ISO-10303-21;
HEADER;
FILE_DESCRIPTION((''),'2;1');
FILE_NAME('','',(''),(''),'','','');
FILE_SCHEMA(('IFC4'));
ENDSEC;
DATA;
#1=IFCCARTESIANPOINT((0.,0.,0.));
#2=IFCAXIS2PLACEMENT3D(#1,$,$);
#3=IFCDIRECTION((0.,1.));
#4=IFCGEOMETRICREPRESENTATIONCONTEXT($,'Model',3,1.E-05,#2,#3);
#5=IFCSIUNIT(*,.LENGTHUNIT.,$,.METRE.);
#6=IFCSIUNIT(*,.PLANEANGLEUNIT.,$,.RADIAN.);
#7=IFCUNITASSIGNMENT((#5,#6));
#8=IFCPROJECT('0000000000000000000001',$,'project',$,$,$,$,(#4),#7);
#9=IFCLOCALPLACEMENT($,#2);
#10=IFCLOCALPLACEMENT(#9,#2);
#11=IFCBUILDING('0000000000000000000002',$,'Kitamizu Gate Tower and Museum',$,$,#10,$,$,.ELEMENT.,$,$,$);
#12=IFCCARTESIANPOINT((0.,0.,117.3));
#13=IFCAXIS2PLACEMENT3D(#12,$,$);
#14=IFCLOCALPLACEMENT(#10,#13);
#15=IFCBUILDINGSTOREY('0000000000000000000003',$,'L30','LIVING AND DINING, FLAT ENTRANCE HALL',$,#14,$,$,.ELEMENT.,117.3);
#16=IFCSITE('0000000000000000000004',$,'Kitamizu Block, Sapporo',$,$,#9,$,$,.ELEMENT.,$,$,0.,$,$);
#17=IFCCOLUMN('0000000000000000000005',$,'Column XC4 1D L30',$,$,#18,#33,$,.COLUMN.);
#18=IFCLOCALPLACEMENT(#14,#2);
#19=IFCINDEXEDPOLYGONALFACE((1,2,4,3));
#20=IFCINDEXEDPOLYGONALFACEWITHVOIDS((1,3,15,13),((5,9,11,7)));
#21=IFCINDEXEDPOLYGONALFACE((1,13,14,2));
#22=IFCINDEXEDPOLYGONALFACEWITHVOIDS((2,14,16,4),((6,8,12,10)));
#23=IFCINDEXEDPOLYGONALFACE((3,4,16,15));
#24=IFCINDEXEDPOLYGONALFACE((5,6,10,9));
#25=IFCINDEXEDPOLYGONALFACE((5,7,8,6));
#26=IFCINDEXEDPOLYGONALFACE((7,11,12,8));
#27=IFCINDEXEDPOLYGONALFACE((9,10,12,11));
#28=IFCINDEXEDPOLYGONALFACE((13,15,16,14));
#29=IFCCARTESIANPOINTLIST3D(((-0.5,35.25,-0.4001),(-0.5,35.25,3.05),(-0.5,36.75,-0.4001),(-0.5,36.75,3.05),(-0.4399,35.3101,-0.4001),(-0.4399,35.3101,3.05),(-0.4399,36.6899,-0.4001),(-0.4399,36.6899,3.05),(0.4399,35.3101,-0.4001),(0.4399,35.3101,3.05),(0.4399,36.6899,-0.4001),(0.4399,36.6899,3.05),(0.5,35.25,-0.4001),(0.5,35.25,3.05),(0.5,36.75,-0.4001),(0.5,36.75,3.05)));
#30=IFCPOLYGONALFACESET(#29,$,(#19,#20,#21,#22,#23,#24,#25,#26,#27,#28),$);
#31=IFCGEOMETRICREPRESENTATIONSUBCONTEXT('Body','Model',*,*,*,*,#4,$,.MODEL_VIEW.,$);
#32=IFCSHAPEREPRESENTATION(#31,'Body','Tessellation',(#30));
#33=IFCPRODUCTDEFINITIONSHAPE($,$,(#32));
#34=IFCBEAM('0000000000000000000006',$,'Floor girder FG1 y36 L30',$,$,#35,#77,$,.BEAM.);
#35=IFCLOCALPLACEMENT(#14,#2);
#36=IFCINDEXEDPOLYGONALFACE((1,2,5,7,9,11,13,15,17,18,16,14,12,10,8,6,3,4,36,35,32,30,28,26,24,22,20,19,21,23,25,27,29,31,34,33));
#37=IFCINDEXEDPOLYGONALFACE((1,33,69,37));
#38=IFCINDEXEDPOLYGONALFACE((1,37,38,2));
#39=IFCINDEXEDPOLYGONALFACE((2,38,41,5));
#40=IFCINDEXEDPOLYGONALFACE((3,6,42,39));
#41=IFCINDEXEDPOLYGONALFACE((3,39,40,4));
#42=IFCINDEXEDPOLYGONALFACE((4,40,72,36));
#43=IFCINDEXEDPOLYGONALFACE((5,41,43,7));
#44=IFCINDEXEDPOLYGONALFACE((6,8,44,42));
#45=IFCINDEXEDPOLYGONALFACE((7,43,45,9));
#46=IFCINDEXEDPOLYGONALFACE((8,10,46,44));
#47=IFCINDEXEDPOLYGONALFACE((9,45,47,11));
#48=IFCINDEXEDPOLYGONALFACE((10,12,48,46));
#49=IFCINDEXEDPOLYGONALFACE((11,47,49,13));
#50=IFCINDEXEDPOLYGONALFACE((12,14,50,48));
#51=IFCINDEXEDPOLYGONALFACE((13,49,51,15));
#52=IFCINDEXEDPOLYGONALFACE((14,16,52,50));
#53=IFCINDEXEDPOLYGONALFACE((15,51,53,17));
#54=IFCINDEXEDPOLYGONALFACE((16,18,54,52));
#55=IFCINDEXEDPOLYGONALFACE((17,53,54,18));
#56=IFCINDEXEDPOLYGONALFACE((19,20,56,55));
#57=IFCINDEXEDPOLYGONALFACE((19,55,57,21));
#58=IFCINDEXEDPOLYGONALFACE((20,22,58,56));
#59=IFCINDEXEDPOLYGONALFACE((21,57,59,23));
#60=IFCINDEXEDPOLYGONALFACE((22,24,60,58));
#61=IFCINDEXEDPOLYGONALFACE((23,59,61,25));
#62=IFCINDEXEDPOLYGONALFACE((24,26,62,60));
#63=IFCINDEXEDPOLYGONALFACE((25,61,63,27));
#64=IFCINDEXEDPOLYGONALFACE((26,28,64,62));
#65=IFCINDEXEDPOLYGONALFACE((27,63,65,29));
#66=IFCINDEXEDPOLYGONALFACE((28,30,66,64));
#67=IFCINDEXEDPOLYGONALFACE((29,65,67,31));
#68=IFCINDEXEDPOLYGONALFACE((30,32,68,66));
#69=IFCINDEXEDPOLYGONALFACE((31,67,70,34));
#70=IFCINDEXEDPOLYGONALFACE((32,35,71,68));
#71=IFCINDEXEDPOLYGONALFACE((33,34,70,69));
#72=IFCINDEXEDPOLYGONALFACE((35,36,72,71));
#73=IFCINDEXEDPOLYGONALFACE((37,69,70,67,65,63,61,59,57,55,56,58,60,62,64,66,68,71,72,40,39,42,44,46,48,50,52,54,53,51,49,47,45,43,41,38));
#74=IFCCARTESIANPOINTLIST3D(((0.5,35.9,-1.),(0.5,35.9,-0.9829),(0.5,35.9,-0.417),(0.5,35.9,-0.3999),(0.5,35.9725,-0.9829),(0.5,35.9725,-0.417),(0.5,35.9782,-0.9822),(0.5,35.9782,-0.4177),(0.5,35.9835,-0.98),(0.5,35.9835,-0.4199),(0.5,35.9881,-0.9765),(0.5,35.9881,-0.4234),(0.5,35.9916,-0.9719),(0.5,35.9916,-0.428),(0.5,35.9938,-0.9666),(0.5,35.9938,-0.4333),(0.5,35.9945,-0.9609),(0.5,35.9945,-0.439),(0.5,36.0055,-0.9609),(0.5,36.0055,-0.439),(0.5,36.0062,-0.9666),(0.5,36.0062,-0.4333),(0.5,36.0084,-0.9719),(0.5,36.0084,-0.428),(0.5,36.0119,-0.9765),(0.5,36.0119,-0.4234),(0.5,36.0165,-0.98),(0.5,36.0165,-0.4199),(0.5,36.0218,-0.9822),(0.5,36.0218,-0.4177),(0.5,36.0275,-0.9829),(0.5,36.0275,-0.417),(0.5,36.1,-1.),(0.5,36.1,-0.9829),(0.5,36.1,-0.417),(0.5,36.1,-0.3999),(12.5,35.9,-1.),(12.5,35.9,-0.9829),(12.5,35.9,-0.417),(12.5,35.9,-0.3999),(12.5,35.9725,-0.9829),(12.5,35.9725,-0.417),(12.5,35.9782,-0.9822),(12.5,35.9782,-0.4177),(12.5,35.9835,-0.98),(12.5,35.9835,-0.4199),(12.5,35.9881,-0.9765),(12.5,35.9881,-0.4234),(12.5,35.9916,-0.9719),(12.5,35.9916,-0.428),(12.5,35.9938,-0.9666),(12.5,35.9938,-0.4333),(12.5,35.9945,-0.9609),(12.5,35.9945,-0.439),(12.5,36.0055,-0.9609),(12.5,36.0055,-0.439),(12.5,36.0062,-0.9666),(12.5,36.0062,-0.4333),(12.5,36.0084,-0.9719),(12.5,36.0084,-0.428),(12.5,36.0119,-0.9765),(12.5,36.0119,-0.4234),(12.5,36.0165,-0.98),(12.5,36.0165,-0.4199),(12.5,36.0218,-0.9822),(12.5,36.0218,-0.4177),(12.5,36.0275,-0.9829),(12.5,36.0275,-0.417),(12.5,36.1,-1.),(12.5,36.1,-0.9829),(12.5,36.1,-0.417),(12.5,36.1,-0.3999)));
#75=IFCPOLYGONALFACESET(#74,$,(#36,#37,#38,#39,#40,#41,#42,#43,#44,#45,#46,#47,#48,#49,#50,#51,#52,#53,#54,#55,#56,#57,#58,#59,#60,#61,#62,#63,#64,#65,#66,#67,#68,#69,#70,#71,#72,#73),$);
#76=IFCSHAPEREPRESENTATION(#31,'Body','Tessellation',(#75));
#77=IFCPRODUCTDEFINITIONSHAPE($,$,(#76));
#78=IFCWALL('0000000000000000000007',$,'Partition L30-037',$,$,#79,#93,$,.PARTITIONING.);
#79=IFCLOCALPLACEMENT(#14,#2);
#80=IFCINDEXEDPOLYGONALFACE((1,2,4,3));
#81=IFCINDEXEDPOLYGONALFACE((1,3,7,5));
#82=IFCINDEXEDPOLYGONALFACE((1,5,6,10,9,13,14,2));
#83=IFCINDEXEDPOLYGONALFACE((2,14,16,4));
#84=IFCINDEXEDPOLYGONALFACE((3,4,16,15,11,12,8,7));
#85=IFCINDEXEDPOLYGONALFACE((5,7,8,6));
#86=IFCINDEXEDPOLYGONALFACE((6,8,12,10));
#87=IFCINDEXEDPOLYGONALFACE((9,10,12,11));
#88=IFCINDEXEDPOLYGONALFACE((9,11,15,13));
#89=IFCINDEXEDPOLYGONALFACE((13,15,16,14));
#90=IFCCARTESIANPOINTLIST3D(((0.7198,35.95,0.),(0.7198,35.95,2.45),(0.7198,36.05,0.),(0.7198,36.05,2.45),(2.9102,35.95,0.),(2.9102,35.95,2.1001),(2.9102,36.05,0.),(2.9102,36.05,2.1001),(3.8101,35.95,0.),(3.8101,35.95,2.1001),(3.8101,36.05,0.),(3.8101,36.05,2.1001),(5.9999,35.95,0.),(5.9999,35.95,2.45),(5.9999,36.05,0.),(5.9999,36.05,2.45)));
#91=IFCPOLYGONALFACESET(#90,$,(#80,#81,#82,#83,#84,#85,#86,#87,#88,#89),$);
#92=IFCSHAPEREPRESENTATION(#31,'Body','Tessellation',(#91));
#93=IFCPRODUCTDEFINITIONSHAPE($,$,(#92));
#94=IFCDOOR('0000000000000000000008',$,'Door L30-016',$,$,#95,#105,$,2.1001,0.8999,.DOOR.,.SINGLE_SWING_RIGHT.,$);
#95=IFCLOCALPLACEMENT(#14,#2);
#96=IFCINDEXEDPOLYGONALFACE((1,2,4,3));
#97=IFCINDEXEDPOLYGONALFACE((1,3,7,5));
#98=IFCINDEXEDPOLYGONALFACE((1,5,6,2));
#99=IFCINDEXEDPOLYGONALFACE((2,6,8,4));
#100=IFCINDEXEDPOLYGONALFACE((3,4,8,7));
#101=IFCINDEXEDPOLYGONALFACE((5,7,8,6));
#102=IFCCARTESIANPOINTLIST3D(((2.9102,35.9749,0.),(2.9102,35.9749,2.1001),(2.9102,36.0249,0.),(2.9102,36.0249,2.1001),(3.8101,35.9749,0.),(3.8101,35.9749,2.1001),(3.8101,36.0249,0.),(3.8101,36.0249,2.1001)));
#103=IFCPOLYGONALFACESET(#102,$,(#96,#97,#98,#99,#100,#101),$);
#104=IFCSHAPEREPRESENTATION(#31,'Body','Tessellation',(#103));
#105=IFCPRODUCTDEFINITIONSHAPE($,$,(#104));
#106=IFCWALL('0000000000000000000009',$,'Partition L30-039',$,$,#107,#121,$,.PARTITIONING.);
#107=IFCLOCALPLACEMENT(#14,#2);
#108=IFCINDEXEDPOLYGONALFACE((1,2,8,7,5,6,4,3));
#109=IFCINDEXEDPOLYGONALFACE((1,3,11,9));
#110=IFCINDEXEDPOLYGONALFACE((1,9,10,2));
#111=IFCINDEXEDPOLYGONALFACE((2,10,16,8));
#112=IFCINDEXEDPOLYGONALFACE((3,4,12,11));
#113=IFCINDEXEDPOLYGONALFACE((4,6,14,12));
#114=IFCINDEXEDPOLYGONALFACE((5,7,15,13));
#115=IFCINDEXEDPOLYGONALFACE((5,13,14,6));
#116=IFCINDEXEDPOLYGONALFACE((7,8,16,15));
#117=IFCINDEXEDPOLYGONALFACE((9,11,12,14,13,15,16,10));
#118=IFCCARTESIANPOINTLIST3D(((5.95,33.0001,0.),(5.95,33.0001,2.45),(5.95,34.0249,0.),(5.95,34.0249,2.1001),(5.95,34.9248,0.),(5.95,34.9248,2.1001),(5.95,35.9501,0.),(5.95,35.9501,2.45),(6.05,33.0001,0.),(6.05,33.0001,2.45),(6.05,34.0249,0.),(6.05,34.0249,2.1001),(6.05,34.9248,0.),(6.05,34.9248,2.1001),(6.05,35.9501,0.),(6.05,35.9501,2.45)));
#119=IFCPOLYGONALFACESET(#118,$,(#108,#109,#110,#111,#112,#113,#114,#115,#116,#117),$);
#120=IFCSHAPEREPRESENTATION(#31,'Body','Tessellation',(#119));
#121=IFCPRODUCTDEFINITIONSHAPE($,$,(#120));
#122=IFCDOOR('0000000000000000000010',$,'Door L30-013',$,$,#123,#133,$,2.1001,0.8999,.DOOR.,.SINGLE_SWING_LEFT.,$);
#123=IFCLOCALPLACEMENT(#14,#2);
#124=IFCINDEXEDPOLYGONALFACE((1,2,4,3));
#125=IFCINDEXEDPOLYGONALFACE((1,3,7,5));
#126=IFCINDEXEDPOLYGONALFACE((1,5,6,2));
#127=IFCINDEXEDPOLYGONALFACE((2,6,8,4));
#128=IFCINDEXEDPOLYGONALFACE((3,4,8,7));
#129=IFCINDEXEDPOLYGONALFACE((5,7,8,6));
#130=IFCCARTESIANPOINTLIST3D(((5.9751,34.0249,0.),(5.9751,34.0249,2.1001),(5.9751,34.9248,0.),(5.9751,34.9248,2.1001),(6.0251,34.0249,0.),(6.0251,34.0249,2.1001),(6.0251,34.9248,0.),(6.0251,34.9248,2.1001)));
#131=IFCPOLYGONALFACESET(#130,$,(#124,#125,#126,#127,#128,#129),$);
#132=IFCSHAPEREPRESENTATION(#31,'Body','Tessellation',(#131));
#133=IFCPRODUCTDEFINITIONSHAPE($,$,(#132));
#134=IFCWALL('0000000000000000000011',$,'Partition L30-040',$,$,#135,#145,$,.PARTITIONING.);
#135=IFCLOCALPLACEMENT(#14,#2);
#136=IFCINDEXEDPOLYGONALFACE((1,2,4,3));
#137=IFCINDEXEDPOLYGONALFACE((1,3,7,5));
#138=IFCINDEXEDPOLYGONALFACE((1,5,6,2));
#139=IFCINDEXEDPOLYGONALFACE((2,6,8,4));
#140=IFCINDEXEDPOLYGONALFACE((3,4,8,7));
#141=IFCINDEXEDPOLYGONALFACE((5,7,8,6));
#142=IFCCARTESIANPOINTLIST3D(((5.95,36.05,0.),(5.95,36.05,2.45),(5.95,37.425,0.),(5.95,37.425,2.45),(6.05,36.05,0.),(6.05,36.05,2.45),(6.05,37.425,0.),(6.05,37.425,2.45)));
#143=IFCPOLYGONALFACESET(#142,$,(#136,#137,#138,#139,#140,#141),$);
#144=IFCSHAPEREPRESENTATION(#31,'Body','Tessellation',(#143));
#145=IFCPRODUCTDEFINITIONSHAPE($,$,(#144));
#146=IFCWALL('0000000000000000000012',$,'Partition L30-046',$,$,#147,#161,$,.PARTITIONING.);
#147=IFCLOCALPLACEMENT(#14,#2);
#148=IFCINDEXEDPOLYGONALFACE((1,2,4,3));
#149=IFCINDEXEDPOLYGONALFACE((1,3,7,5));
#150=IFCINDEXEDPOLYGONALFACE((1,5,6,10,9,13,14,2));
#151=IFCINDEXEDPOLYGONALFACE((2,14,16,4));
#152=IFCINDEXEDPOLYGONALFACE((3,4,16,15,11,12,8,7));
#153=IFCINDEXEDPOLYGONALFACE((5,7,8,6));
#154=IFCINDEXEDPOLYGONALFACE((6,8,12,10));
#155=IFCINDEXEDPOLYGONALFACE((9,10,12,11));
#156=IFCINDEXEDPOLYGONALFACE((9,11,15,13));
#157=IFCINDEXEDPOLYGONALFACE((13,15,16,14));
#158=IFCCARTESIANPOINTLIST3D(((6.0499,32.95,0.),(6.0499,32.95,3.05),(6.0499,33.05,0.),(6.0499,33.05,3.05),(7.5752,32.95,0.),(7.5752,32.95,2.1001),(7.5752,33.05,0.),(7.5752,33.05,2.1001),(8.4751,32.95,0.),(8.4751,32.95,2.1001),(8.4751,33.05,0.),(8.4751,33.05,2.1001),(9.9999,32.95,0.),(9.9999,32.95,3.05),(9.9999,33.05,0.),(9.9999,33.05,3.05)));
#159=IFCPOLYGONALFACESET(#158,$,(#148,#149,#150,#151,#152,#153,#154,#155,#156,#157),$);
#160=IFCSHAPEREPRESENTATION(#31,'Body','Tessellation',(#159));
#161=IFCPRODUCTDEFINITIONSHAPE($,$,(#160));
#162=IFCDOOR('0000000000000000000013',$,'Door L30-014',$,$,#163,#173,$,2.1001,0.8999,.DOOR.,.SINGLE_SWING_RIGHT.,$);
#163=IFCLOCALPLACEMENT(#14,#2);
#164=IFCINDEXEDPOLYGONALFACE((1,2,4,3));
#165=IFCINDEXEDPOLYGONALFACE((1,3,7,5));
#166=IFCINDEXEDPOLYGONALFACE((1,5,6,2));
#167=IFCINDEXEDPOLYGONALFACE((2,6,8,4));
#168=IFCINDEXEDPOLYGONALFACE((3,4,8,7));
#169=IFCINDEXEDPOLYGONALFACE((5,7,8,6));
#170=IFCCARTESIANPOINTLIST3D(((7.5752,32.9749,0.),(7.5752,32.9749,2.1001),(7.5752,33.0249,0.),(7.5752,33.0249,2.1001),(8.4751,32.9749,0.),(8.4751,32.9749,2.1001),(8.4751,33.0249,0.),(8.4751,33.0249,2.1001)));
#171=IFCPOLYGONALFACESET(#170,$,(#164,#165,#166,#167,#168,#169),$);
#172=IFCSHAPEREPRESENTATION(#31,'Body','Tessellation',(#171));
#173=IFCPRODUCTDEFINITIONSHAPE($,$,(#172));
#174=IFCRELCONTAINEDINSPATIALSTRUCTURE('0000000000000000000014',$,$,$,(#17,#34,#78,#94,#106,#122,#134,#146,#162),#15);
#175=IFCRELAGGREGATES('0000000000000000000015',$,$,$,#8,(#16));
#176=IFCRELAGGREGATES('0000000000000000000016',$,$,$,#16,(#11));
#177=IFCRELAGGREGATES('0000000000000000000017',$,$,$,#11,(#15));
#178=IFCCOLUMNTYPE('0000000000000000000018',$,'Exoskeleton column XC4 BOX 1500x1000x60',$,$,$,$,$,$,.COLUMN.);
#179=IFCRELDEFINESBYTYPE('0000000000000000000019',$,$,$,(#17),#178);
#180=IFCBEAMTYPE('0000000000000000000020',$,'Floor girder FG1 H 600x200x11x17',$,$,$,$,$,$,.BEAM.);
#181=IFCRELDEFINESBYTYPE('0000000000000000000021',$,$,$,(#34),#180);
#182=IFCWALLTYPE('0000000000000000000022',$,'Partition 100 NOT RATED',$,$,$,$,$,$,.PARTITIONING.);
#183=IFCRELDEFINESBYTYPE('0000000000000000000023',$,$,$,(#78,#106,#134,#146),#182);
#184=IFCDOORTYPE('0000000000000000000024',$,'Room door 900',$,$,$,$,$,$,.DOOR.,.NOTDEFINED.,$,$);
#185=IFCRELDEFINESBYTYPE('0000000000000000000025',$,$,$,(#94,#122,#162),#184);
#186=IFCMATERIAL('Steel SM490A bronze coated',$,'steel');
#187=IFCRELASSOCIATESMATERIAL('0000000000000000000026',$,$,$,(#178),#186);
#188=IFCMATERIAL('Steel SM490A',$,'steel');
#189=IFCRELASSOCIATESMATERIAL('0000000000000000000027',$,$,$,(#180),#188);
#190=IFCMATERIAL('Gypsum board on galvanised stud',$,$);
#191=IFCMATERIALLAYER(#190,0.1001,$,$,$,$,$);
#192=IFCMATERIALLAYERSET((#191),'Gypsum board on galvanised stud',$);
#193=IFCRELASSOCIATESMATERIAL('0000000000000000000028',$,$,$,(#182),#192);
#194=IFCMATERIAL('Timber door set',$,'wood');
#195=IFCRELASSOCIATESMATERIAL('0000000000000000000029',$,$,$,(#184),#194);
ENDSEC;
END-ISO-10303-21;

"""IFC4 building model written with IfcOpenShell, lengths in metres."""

from ifc_helpers import new_model, si_unit, direction, frame, frame_2d, origin, origin_2d, place, context, subcontext, project, spatial, rectangle, hollow_rectangle, i_section, extrude, material, layer, layer_set, material_profile, profile_set, type_object, element, fill, save


model = new_model("IFC4")

# Units and contexts
model_context = context("Model", 3, precision=1e-05, world=origin(), true_north=direction((0.0, 1.0)))
body_context = subcontext(model_context, "Body", "Model", "MODEL_VIEW")
ifc_project = project(units=[si_unit("LENGTHUNIT", "METRE"), si_unit("PLANEANGLEUNIT", "RADIAN")], contexts=[model_context])

# Site, building, storey
site_placement = place(None, origin())
site = spatial("IfcSite", under=ifc_project, at=site_placement, Name="Kitamizu Block, Sapporo", CompositionType="ELEMENT", RefElevation=0.0)
building_placement = place(site_placement, origin())
building = spatial("IfcBuilding", under=site, at=building_placement, Name="Kitamizu Gate Tower and Museum", CompositionType="ELEMENT")
storey_placement = place(building_placement, frame((0.0, 0.0, 117.3)))
storey = spatial("IfcBuildingStorey", under=building, at=storey_placement, Name="L30", Description="LIVING AND DINING, FLAT ENTRANCE HALL", CompositionType="ELEMENT", Elevation=117.3)

# Column
ifc_material_1 = material(Name="Steel SM490A bronze coated", Category="steel")
ifc_material_profile_1 = material_profile(ifc_material_1, hollow_rectangle(XDim=1.5, YDim=1.0, WallThickness=0.0601, at=origin_2d()), Name="BOX 1500x1000x60")
ifc_profile_set_1 = profile_set([ifc_material_profile_1], Name="Steel SM490A bronze coated")
column_type = type_object("IfcColumnType", Name="Exoskeleton column XC4 BOX 1500x1000x60", PredefinedType="COLUMN", material=ifc_profile_set_1)
column_placement = place(storey_placement, frame((0.0, 36.0, -0.4001), z_axis=(0.0, 0.0, 1.0), x_axis=(0.0, 1.0, 0.0)))
element("IfcColumn", 1, at=column_placement, inside=storey, type_object=column_type, Name="Column XC4 1D L30", PredefinedType="COLUMN", context=body_context, shape_type="SweptSolid", body=[
    extrude(hollow_rectangle(XDim=1.5, YDim=1.0, WallThickness=0.0601, at=origin_2d()), origin(), (0.0, 0.0, 1.0), 3.4502),
])

# Beam
ifc_material_2 = material(Name="Steel SM490A", Category="steel")
ifc_material_profile_2 = material_profile(ifc_material_2, i_section(OverallWidth=0.2, OverallDepth=0.6001, WebThickness=0.011, FlangeThickness=0.0171, FilletRadius=0.022, at=origin_2d()), Name="H-600x200x11x17")
ifc_profile_set_2 = profile_set([ifc_material_profile_2], Name="Steel SM490A")
beam_type = type_object("IfcBeamType", Name="Floor girder FG1 H 600x200x11x17", PredefinedType="BEAM", material=ifc_profile_set_2)
beam_placement = place(storey_placement, frame((0.5, 36.0, -0.7), z_axis=(1.0, 0.0, 0.0), x_axis=(0.0, 1.0, 0.0)))
element("IfcBeam", 2, at=beam_placement, inside=storey, type_object=beam_type, Name="Floor girder FG1 y36 L30", PredefinedType="BEAM", context=body_context, shape_type="SweptSolid", body=[
    extrude(i_section(OverallWidth=0.2, OverallDepth=0.6001, WebThickness=0.011, FlangeThickness=0.0171, FilletRadius=0.022, at=origin_2d()), origin(), (0.0, 0.0, 1.0), 12.0),
])

# Walls, openings, doors
ifc_material_3 = material(Name="Gypsum board on galvanised stud")
ifc_layer_1 = layer(ifc_material_3, 0.1001)
ifc_layer_set_1 = layer_set([ifc_layer_1], Name="Gypsum board on galvanised stud")
wall_type_1 = type_object("IfcWallType", Name="Partition 100 NOT RATED", PredefinedType="PARTITIONING", material=ifc_layer_set_1)
wall_1_placement = place(storey_placement, frame((6.0, 36.0, 0.0), z_axis=(0.0, 0.0, 1.0), x_axis=(-1.0, 0.0, 0.0)))
wall_1 = element("IfcWall", 3, at=wall_1_placement, inside=storey, type_object=wall_type_1, Name="Partition L30-037", PredefinedType="PARTITIONING", context=body_context, shape_type="SweptSolid", body=[
    extrude(rectangle(XDim=5.28, YDim=0.1001, at=frame_2d((2.6401, 0.0))), origin(), (0.0, 0.0, 1.0), 2.45),
])
opening_1_placement = place(wall_1_placement, frame((2.1899, 0.0, 0.0)))
opening_1 = element("IfcOpeningElement", 4, at=opening_1_placement, cuts=wall_1, PredefinedType="OPENING", context=body_context, shape_type="SweptSolid", body=[
    extrude(rectangle(XDim=0.8999, YDim=2.1001, at=frame_2d((0.45, 1.05))), frame((0.0, 0.0601, 0.0), z_axis=(0.0, -1.0, 0.0), x_axis=(1.0, 0.0, 0.0)), (0.0, 0.0, 1.0), 0.1201),
])
ifc_material_4 = material(Name="Timber door set", Category="wood")
door_type_1 = type_object("IfcDoorType", Name="Room door 900", OperationType="NOTDEFINED", PredefinedType="DOOR", material=ifc_material_4)
door_1_placement = place(opening_1_placement, frame((0.8999, 0.0, 0.0), x_axis=(-1.0, 0.0, 0.0)))
door_1 = element("IfcDoor", 5, at=door_1_placement, inside=storey, type_object=door_type_1, Name="Door L30-016", OperationType="SINGLE_SWING_RIGHT", OverallHeight=2.1001, OverallWidth=0.8999, PredefinedType="DOOR", context=body_context, shape_type="SweptSolid", body=[
    extrude(rectangle(XDim=0.8999, YDim=2.1001, at=frame_2d((0.45, 1.05))), frame((0.0, 0.0249, 0.0), z_axis=(0.0, -1.0, 0.0), x_axis=(1.0, 0.0, 0.0)), (0.0, 0.0, 1.0), 0.05),
])
fill(opening_1, door_1)
wall_2_placement = place(storey_placement, frame((6.0, 33.0, 0.0), z_axis=(0.0, 0.0, 1.0), x_axis=(0.0, 1.0, 0.0)))
wall_2 = element("IfcWall", 6, at=wall_2_placement, inside=storey, type_object=wall_type_1, Name="Partition L30-039", PredefinedType="PARTITIONING", context=body_context, shape_type="SweptSolid", body=[
    extrude(rectangle(XDim=2.95, YDim=0.1001, at=frame_2d((1.4751, 0.0))), origin(), (0.0, 0.0, 1.0), 2.45),
])
opening_2_placement = place(wall_2_placement, frame((1.0249, 0.0, 0.0)))
opening_2 = element("IfcOpeningElement", 7, at=opening_2_placement, cuts=wall_2, PredefinedType="OPENING", context=body_context, shape_type="SweptSolid", body=[
    extrude(rectangle(XDim=0.8999, YDim=2.1001, at=frame_2d((0.45, 1.05))), frame((0.0, 0.0601, 0.0), z_axis=(0.0, -1.0, 0.0), x_axis=(1.0, 0.0, 0.0)), (0.0, 0.0, 1.0), 0.1201),
])
door_2_placement = place(opening_2_placement, origin())
door_2 = element("IfcDoor", 8, at=door_2_placement, inside=storey, type_object=door_type_1, Name="Door L30-013", OperationType="SINGLE_SWING_LEFT", OverallHeight=2.1001, OverallWidth=0.8999, PredefinedType="DOOR", context=body_context, shape_type="SweptSolid", body=[
    extrude(rectangle(XDim=0.8999, YDim=2.1001, at=frame_2d((0.45, 1.05))), frame((0.0, 0.0249, 0.0), z_axis=(0.0, -1.0, 0.0), x_axis=(1.0, 0.0, 0.0)), (0.0, 0.0, 1.0), 0.05),
])
fill(opening_2, door_2)

# Wall
wall_3_placement = place(storey_placement, frame((6.0, 36.05, 0.0), z_axis=(0.0, 0.0, 1.0), x_axis=(0.0, 1.0, 0.0)))
element("IfcWall", 9, at=wall_3_placement, inside=storey, type_object=wall_type_1, Name="Partition L30-040", PredefinedType="PARTITIONING", context=body_context, shape_type="SweptSolid", body=[
    extrude(rectangle(XDim=1.375, YDim=0.1001, at=frame_2d((0.6875, 0.0))), origin(), (0.0, 0.0, 1.0), 2.45),
])

# Wall, opening, door
wall_4_placement = place(storey_placement, frame((10.0, 33.0, 0.0), z_axis=(0.0, 0.0, 1.0), x_axis=(-1.0, 0.0, 0.0)))
wall_4 = element("IfcWall", 10, at=wall_4_placement, inside=storey, type_object=wall_type_1, Name="Partition L30-046", PredefinedType="PARTITIONING", context=body_context, shape_type="SweptSolid", body=[
    extrude(rectangle(XDim=3.95, YDim=0.1001, at=frame_2d((1.9751, 0.0))), origin(), (0.0, 0.0, 1.0), 3.05),
])
opening_3_placement = place(wall_4_placement, frame((1.5249, 0.0, 0.0)))
opening_3 = element("IfcOpeningElement", 11, at=opening_3_placement, cuts=wall_4, PredefinedType="OPENING", context=body_context, shape_type="SweptSolid", body=[
    extrude(rectangle(XDim=0.8999, YDim=2.1001, at=frame_2d((0.45, 1.05))), frame((0.0, 0.0601, 0.0), z_axis=(0.0, -1.0, 0.0), x_axis=(1.0, 0.0, 0.0)), (0.0, 0.0, 1.0), 0.1201),
])
door_3_placement = place(opening_3_placement, frame((0.8999, 0.0, 0.0), x_axis=(-1.0, 0.0, 0.0)))
door_3 = element("IfcDoor", 12, at=door_3_placement, inside=storey, type_object=door_type_1, Name="Door L30-014", OperationType="SINGLE_SWING_RIGHT", OverallHeight=2.1001, OverallWidth=0.8999, PredefinedType="DOOR", context=body_context, shape_type="SweptSolid", body=[
    extrude(rectangle(XDim=0.8999, YDim=2.1001, at=frame_2d((0.45, 1.05))), frame((0.0, 0.0249, 0.0), z_axis=(0.0, -1.0, 0.0), x_axis=(1.0, 0.0, 0.0)), (0.0, 0.0, 1.0), 0.05),
])
fill(opening_3, door_3)

save(model, "model.ifc")
